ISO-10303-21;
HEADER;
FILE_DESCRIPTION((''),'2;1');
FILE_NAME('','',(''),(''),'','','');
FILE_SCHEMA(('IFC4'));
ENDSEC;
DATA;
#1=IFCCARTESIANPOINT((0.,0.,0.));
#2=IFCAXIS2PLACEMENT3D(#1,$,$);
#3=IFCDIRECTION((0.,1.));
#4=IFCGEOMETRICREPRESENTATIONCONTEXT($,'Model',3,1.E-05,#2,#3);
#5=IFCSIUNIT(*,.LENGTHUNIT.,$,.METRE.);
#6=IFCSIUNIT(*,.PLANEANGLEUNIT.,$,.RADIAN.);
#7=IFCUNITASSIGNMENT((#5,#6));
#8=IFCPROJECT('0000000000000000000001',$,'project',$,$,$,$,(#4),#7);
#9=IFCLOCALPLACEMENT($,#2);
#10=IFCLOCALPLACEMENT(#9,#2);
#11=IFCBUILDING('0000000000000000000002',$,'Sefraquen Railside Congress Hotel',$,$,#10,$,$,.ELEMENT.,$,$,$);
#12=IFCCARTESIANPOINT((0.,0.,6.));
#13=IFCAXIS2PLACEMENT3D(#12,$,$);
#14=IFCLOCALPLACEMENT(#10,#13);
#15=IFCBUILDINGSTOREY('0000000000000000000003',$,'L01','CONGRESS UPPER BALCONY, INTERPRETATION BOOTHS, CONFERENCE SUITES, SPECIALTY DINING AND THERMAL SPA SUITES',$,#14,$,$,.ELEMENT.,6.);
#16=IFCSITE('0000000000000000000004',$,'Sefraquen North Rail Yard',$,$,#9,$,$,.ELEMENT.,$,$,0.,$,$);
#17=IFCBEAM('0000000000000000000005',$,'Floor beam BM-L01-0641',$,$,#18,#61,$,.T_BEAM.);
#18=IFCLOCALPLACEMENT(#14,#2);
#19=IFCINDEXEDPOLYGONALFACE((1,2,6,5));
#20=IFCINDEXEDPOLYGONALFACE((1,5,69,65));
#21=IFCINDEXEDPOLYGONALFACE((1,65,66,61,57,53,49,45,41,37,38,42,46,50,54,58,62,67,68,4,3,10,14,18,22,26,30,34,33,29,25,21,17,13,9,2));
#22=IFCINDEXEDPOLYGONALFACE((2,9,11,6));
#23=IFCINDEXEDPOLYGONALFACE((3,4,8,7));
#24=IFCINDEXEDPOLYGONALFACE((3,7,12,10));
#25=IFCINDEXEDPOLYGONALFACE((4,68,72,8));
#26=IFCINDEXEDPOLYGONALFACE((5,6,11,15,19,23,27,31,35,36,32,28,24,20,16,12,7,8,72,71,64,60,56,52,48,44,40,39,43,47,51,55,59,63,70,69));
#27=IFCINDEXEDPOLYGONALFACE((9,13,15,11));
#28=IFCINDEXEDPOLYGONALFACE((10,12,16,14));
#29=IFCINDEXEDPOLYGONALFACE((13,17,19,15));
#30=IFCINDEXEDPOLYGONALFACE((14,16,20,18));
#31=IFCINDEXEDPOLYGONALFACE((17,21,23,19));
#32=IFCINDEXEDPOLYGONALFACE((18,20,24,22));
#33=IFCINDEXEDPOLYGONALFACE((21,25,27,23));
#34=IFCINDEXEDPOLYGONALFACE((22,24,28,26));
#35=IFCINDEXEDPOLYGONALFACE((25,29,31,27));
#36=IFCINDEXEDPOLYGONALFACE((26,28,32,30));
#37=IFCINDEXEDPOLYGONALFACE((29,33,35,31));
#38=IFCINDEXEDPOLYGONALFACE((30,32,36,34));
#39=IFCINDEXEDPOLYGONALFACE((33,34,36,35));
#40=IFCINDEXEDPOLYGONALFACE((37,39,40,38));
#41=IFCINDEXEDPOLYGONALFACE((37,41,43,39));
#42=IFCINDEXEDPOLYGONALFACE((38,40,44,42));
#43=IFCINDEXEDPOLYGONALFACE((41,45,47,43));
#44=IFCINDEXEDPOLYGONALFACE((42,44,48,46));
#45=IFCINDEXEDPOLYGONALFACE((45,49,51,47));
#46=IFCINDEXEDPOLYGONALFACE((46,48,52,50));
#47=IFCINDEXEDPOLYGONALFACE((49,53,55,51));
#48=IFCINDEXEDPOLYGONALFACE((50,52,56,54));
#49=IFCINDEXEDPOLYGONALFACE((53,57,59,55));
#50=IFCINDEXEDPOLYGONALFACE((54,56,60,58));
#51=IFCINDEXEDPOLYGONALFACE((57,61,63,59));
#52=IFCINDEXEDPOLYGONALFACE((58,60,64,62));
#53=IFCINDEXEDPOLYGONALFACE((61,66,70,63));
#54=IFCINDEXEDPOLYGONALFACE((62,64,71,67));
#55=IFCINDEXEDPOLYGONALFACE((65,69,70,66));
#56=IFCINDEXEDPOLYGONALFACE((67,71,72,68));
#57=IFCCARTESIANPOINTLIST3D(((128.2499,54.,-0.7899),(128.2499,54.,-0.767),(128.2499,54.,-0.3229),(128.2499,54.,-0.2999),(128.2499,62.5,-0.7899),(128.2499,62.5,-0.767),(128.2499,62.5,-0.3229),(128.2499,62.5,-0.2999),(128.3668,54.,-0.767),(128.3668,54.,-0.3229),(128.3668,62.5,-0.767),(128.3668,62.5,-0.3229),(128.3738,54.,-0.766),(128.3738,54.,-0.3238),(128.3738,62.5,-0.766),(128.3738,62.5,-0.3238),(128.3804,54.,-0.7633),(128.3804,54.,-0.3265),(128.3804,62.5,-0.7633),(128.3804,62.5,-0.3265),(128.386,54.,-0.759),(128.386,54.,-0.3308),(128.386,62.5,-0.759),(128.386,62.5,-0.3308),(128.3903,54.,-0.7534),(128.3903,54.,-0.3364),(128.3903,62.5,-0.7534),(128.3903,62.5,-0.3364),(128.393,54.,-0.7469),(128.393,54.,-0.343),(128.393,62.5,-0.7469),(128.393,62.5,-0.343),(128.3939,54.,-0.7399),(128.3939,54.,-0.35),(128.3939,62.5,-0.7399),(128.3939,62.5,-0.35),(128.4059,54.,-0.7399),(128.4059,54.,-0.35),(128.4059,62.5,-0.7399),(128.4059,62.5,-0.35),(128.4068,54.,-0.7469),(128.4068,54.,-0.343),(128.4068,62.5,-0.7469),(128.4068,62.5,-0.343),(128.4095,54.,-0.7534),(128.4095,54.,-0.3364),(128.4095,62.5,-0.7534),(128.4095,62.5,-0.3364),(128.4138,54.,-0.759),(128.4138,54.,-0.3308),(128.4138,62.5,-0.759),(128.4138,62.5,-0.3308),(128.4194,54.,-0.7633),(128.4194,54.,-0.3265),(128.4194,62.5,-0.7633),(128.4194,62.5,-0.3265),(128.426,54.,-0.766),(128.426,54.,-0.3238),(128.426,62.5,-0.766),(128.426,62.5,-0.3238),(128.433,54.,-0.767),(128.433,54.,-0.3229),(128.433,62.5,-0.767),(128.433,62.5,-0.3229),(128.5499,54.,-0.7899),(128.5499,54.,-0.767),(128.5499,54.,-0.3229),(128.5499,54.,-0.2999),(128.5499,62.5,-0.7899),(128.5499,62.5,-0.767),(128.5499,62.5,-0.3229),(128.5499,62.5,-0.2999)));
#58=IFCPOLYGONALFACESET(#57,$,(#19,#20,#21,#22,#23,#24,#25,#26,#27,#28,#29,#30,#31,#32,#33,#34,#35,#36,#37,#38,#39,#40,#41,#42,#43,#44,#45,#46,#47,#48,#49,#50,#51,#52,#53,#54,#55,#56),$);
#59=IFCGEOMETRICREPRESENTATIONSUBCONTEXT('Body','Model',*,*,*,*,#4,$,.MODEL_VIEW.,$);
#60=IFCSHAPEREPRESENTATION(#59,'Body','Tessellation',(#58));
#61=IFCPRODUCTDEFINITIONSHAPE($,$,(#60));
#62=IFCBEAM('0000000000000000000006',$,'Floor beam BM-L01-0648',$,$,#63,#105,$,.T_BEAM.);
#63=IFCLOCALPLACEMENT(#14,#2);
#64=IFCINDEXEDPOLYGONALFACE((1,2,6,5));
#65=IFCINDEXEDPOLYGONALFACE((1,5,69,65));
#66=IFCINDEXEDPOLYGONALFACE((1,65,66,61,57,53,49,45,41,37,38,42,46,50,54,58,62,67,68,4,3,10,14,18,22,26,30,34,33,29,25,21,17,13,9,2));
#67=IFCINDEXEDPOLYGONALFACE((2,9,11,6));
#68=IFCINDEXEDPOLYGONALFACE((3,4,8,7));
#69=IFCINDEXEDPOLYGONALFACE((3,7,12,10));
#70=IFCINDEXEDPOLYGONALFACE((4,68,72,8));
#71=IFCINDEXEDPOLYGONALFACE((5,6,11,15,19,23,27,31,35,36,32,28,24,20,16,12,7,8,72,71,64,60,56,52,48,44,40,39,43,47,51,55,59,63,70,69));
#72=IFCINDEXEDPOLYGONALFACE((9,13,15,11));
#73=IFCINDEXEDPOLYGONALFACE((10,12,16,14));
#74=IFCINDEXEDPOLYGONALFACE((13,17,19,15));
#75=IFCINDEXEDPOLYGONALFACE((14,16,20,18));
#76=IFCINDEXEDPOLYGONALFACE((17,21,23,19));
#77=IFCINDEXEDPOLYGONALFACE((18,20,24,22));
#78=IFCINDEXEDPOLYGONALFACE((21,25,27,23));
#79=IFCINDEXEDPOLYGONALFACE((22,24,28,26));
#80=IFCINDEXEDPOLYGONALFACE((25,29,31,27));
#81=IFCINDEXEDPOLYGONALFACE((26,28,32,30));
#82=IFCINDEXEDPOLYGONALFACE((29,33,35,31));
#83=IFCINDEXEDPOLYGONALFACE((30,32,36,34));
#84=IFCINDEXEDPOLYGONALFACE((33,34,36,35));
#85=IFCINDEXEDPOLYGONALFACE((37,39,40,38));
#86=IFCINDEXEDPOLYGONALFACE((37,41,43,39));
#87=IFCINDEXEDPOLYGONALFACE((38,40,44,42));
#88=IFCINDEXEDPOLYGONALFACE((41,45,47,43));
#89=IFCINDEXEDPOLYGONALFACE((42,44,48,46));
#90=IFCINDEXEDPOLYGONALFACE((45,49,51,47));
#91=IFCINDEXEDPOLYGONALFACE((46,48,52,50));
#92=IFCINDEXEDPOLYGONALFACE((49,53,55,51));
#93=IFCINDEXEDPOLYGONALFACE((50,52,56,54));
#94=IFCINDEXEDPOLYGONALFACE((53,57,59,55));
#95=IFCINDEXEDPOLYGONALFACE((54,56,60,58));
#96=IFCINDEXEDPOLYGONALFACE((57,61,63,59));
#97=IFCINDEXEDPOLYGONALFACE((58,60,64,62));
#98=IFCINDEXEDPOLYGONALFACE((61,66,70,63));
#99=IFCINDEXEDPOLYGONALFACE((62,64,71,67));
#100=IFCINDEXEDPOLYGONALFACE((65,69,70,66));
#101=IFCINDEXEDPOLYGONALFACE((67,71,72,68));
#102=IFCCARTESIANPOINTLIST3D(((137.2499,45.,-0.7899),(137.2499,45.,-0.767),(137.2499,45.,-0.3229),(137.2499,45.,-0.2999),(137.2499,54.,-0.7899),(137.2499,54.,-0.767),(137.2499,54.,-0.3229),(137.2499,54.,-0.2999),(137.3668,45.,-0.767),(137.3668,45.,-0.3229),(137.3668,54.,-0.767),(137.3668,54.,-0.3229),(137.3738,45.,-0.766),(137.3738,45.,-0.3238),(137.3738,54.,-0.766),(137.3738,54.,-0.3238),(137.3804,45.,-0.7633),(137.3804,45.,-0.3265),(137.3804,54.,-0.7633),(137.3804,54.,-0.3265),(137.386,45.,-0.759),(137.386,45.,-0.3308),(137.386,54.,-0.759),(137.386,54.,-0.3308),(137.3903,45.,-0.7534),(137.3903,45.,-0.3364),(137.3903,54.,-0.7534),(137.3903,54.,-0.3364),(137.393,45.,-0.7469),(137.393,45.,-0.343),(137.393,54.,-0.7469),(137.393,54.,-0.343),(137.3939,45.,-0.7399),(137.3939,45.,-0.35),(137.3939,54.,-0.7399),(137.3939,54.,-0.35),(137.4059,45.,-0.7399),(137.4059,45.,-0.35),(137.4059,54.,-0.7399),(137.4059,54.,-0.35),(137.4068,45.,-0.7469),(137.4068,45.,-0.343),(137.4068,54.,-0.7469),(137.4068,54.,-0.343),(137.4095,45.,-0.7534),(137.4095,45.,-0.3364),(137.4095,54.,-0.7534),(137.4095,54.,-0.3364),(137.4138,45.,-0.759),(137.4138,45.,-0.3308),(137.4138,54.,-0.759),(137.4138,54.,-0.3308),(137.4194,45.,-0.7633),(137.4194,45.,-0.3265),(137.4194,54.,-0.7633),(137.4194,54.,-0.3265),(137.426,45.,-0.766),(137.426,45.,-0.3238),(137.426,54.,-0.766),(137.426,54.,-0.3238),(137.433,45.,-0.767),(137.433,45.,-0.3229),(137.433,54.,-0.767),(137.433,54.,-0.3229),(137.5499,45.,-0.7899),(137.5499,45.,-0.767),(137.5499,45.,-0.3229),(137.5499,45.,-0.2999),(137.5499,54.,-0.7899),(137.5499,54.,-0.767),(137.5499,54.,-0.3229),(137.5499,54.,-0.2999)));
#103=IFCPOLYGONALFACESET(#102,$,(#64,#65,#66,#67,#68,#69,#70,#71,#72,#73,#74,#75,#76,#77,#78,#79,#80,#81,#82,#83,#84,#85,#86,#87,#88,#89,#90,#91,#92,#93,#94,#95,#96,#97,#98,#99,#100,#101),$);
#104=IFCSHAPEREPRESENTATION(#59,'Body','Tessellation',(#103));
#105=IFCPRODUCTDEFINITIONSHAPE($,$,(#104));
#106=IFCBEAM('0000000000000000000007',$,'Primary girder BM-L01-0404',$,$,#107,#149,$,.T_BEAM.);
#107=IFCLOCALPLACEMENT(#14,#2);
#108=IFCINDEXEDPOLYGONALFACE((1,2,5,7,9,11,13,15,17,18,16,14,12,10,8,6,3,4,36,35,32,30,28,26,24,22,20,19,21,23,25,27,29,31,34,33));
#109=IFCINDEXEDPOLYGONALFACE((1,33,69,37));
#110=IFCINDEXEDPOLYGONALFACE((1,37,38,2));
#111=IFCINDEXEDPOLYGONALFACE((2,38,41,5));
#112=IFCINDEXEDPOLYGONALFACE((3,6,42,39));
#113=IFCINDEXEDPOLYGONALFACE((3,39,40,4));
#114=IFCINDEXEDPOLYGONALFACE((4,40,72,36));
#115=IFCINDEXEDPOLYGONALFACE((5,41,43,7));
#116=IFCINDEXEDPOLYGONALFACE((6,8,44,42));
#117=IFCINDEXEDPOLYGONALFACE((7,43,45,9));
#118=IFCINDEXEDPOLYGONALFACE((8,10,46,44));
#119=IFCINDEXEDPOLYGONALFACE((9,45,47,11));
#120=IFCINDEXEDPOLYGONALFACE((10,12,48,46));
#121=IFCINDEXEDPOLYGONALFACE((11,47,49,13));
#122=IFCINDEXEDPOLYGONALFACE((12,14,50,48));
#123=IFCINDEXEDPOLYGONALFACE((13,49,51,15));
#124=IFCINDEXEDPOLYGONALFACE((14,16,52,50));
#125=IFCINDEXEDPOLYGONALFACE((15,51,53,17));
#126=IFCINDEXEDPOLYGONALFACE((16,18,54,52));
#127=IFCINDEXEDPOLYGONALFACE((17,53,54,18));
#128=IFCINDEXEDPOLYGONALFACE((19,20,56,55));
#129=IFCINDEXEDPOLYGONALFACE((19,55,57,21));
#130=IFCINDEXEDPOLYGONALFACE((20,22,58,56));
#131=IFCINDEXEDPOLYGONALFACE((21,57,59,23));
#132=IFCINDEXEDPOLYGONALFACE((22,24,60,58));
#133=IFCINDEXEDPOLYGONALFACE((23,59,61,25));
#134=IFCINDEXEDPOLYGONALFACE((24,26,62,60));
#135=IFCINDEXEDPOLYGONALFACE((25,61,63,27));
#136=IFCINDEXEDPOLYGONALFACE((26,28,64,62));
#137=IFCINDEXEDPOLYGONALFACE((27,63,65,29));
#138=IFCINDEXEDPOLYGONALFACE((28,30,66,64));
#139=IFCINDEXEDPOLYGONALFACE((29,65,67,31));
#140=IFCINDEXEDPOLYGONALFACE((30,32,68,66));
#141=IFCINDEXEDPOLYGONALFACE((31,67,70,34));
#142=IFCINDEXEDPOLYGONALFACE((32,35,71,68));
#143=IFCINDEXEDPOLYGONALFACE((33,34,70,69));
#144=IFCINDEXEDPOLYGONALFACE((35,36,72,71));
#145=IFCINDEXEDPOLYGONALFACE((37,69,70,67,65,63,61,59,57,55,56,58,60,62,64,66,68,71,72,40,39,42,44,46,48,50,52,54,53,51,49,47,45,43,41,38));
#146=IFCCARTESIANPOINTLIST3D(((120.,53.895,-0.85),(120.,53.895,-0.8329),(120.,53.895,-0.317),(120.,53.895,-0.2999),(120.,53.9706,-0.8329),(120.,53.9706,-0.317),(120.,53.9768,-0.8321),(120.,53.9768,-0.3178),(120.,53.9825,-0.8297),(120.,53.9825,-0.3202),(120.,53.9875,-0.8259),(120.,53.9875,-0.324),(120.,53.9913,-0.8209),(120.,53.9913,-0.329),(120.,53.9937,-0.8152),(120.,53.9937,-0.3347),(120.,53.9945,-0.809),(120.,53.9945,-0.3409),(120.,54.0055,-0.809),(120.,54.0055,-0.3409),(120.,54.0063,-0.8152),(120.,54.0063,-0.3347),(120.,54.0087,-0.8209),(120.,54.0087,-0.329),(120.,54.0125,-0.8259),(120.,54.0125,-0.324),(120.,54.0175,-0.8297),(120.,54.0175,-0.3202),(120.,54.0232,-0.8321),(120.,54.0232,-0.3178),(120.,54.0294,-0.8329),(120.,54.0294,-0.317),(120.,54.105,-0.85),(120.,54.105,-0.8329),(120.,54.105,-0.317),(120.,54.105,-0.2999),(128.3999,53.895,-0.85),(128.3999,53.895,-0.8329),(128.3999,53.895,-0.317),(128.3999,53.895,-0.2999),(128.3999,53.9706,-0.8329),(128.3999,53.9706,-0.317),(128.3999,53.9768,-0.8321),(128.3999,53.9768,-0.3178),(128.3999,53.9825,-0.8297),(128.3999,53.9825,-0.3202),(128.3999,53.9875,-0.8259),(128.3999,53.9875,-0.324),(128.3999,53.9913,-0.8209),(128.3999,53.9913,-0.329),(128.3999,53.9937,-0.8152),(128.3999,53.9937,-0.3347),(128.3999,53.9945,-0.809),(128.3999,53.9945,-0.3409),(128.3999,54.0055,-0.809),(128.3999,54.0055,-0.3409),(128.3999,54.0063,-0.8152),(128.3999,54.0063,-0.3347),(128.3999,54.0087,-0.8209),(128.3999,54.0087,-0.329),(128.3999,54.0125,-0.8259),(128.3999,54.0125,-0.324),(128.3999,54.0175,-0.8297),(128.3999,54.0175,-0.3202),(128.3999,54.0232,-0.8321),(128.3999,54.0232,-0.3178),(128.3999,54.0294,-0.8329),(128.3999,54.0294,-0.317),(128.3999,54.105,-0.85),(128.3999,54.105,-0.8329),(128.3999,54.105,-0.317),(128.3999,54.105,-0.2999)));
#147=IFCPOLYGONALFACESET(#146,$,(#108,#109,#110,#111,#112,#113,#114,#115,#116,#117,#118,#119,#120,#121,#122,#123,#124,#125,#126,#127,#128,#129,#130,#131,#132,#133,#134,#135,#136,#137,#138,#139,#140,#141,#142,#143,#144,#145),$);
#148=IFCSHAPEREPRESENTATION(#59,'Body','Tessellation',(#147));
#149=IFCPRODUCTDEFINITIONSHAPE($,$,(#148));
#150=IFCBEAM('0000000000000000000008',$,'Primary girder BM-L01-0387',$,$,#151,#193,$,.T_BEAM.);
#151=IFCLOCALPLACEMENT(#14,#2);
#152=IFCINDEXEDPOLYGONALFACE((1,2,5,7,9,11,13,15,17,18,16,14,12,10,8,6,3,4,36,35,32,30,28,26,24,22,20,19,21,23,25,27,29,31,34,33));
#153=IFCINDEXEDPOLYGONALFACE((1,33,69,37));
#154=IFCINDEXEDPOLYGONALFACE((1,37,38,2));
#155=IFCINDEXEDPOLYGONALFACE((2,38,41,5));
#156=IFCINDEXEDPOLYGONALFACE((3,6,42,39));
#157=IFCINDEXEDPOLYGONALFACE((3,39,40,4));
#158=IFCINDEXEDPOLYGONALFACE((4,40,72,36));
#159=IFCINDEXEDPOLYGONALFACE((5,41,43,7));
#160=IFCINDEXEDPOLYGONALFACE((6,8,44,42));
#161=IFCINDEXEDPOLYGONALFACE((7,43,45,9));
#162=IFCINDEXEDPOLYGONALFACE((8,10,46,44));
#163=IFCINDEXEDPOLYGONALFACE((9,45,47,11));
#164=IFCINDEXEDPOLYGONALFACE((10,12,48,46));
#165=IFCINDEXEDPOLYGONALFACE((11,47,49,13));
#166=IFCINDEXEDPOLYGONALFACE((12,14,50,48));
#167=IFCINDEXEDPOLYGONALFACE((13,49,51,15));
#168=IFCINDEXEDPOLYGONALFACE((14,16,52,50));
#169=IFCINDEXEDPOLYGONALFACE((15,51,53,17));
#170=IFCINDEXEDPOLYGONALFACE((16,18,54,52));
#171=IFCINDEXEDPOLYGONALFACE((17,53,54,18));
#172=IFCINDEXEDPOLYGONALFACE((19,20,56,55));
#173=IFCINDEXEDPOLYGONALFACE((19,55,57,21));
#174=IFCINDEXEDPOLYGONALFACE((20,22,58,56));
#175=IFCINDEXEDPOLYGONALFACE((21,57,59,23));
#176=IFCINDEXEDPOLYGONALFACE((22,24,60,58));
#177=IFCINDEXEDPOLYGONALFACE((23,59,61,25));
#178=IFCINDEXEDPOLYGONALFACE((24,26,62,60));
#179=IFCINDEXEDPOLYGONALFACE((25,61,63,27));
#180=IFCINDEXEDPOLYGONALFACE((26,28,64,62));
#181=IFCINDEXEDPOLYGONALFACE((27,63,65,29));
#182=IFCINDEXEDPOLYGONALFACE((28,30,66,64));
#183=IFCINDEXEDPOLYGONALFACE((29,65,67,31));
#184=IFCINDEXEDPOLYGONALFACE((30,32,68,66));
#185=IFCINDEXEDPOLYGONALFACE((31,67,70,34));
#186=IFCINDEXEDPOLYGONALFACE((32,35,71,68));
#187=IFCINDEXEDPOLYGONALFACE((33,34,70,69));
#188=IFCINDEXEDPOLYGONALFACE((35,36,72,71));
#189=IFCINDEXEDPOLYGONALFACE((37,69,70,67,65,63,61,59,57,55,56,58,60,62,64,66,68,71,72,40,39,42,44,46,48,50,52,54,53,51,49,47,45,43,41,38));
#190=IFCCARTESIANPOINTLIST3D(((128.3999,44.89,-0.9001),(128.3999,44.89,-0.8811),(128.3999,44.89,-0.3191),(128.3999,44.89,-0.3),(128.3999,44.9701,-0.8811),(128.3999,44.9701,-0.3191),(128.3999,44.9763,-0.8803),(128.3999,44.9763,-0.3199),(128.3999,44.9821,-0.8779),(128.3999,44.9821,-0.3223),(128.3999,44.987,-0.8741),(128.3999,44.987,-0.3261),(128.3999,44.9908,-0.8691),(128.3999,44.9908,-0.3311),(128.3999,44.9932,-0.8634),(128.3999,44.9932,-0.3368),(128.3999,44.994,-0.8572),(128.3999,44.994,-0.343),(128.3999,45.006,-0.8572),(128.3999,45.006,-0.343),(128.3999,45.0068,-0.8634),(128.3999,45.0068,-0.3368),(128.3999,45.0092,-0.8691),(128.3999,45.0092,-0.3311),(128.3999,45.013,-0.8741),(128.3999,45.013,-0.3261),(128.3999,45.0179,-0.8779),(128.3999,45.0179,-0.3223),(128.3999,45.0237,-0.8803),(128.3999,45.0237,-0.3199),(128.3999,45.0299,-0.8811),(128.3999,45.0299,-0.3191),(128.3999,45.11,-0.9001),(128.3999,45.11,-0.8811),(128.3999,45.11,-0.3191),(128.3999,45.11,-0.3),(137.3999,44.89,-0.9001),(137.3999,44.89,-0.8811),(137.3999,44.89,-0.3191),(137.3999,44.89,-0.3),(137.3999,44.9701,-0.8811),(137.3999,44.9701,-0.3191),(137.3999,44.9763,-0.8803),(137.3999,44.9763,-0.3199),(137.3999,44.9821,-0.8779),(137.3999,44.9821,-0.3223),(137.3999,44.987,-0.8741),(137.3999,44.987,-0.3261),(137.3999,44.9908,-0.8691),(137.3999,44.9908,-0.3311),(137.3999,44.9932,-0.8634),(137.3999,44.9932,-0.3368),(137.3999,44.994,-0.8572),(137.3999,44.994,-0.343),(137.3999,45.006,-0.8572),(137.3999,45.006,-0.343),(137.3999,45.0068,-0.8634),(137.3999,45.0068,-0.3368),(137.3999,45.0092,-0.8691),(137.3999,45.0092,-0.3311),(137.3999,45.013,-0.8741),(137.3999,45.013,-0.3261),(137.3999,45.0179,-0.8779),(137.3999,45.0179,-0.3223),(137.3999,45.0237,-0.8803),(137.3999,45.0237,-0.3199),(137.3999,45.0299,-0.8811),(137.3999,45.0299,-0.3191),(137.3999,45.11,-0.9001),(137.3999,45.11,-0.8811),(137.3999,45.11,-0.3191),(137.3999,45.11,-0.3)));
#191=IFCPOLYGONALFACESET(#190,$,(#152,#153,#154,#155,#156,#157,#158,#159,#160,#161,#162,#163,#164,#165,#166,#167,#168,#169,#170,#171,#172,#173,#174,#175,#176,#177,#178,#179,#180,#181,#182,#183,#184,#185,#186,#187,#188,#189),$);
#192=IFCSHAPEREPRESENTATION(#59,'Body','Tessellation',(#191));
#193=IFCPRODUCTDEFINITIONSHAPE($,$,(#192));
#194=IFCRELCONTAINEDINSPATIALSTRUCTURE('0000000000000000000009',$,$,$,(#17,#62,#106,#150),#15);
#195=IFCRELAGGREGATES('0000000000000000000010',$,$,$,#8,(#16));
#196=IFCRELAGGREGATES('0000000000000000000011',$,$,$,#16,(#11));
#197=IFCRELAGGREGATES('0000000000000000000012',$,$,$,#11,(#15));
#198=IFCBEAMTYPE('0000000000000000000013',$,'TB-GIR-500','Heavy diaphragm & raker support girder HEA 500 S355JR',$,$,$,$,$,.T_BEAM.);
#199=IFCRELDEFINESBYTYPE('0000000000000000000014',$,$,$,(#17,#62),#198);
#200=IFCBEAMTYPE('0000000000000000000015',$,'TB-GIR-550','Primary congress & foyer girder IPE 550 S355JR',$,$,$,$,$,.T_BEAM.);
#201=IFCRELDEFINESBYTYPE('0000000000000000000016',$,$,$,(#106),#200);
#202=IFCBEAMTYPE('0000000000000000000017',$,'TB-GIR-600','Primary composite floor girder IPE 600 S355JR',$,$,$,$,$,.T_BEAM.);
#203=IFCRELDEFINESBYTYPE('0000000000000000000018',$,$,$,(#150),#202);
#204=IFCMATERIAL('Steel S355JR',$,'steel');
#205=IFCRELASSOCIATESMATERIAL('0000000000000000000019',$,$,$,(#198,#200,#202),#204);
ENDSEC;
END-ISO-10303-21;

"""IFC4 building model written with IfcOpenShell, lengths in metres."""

from ifc_helpers import new_model, si_unit, direction, frame, origin, origin_2d, place, context, subcontext, project, spatial, i_section, extrude, material, material_profile, profile_set, type_object, element, save


model = new_model("IFC4")

# Units and contexts
model_context = context("Model", 3, precision=1e-05, world=origin(), true_north=direction((0.0, 1.0)))
body_context = subcontext(model_context, "Body", "Model", "MODEL_VIEW")
ifc_project = project(units=[si_unit("LENGTHUNIT", "METRE"), si_unit("PLANEANGLEUNIT", "RADIAN")], contexts=[model_context])

# Site, building, storey
site_placement = place(None, origin())
site = spatial("IfcSite", under=ifc_project, at=site_placement, Name="Sefraquen North Rail Yard", CompositionType="ELEMENT", RefElevation=0.0)
building_placement = place(site_placement, origin())
building = spatial("IfcBuilding", under=site, at=building_placement, Name="Sefraquen Railside Congress Hotel", CompositionType="ELEMENT")
storey_placement = place(building_placement, frame((0.0, 0.0, 6.0)))
storey = spatial("IfcBuildingStorey", under=building, at=storey_placement, Name="L01", Description="CONGRESS UPPER BALCONY, INTERPRETATION BOOTHS, CONFERENCE SUITES, SPECIALTY DINING AND THERMAL SPA SUITES", CompositionType="ELEMENT", Elevation=6.0)

# Shared definitions
ifc_material_1 = material(Name="Steel S355JR", Category="steel")

# Beams
ifc_material_profile_1 = material_profile(ifc_material_1, i_section(OverallWidth=0.3, OverallDepth=0.49, WebThickness=0.012, FlangeThickness=0.0229, FilletRadius=0.0271, at=origin_2d()), Name="HEA 500")
ifc_profile_set_1 = profile_set([ifc_material_profile_1], Name="Steel S355JR")
beam_type_1 = type_object("IfcBeamType", Name="TB-GIR-500", Description="Heavy diaphragm & raker support girder HEA 500 S355JR", PredefinedType="T_BEAM", material=ifc_profile_set_1)
beam_1_placement = place(storey_placement, frame((128.3999, 54.0, -0.5449), z_axis=(0.0, 1.0, 0.0), x_axis=(-1.0, 0.0, 0.0)))
element("IfcBeam", 1, at=beam_1_placement, inside=storey, type_object=beam_type_1, Name="Floor beam BM-L01-0641", PredefinedType="T_BEAM", context=body_context, shape_type="SweptSolid", body=[
    extrude(i_section(OverallWidth=0.3, OverallDepth=0.49, WebThickness=0.012, FlangeThickness=0.0229, FilletRadius=0.0271, at=origin_2d()), origin(), (0.0, 0.0, 1.0), 8.5),
])
beam_2_placement = place(storey_placement, frame((137.3999, 45.0, -0.5449), z_axis=(0.0, 1.0, 0.0), x_axis=(-1.0, 0.0, 0.0)))
element("IfcBeam", 2, at=beam_2_placement, inside=storey, type_object=beam_type_1, Name="Floor beam BM-L01-0648", PredefinedType="T_BEAM", context=body_context, shape_type="SweptSolid", body=[
    extrude(i_section(OverallWidth=0.3, OverallDepth=0.49, WebThickness=0.012, FlangeThickness=0.0229, FilletRadius=0.0271, at=origin_2d()), origin(), (0.0, 0.0, 1.0), 9.0),
])
ifc_material_profile_2 = material_profile(ifc_material_1, i_section(OverallWidth=0.21, OverallDepth=0.55, WebThickness=0.011, FlangeThickness=0.0171, FilletRadius=0.0239, at=origin_2d()), Name="IPE 550")
ifc_profile_set_2 = profile_set([ifc_material_profile_2], Name="Steel S355JR")
beam_type_2 = type_object("IfcBeamType", Name="TB-GIR-550", Description="Primary congress & foyer girder IPE 550 S355JR", PredefinedType="T_BEAM", material=ifc_profile_set_2)
beam_3_placement = place(storey_placement, frame((120.0, 54.0, -0.575), z_axis=(1.0, 0.0, 0.0), x_axis=(0.0, 1.0, 0.0)))
element("IfcBeam", 3, at=beam_3_placement, inside=storey, type_object=beam_type_2, Name="Primary girder BM-L01-0404", PredefinedType="T_BEAM", context=body_context, shape_type="SweptSolid", body=[
    extrude(i_section(OverallWidth=0.21, OverallDepth=0.55, WebThickness=0.011, FlangeThickness=0.0171, FilletRadius=0.0239, at=origin_2d()), origin(), (0.0, 0.0, 1.0), 8.3999),
])
ifc_material_profile_3 = material_profile(ifc_material_1, i_section(OverallWidth=0.22, OverallDepth=0.6001, WebThickness=0.012, FlangeThickness=0.019, FilletRadius=0.0239, at=origin_2d()), Name="IPE 600")
ifc_profile_set_3 = profile_set([ifc_material_profile_3], Name="Steel S355JR")
beam_type_3 = type_object("IfcBeamType", Name="TB-GIR-600", Description="Primary composite floor girder IPE 600 S355JR", PredefinedType="T_BEAM", material=ifc_profile_set_3)
for number, where, z_axis, x_axis, name in (
    (4, (128.3999, 45.0, -0.6001), (1.0, 0.0, 0.0), (0.0, 1.0, 0.0), "Primary girder BM-L01-0387"),
):
    element("IfcBeam", number, at=place(storey_placement, frame(where, z_axis=z_axis, x_axis=x_axis)), inside=storey, type_object=beam_type_3, Name=name, PredefinedType="T_BEAM", context=body_context, shape_type="SweptSolid", body=[
        extrude(i_section(OverallWidth=0.22, OverallDepth=0.6001, WebThickness=0.012, FlangeThickness=0.019, FilletRadius=0.0239, at=origin_2d()), origin(), (0.0, 0.0, 1.0), 9.0),
    ])

save(model, "model.ifc")
